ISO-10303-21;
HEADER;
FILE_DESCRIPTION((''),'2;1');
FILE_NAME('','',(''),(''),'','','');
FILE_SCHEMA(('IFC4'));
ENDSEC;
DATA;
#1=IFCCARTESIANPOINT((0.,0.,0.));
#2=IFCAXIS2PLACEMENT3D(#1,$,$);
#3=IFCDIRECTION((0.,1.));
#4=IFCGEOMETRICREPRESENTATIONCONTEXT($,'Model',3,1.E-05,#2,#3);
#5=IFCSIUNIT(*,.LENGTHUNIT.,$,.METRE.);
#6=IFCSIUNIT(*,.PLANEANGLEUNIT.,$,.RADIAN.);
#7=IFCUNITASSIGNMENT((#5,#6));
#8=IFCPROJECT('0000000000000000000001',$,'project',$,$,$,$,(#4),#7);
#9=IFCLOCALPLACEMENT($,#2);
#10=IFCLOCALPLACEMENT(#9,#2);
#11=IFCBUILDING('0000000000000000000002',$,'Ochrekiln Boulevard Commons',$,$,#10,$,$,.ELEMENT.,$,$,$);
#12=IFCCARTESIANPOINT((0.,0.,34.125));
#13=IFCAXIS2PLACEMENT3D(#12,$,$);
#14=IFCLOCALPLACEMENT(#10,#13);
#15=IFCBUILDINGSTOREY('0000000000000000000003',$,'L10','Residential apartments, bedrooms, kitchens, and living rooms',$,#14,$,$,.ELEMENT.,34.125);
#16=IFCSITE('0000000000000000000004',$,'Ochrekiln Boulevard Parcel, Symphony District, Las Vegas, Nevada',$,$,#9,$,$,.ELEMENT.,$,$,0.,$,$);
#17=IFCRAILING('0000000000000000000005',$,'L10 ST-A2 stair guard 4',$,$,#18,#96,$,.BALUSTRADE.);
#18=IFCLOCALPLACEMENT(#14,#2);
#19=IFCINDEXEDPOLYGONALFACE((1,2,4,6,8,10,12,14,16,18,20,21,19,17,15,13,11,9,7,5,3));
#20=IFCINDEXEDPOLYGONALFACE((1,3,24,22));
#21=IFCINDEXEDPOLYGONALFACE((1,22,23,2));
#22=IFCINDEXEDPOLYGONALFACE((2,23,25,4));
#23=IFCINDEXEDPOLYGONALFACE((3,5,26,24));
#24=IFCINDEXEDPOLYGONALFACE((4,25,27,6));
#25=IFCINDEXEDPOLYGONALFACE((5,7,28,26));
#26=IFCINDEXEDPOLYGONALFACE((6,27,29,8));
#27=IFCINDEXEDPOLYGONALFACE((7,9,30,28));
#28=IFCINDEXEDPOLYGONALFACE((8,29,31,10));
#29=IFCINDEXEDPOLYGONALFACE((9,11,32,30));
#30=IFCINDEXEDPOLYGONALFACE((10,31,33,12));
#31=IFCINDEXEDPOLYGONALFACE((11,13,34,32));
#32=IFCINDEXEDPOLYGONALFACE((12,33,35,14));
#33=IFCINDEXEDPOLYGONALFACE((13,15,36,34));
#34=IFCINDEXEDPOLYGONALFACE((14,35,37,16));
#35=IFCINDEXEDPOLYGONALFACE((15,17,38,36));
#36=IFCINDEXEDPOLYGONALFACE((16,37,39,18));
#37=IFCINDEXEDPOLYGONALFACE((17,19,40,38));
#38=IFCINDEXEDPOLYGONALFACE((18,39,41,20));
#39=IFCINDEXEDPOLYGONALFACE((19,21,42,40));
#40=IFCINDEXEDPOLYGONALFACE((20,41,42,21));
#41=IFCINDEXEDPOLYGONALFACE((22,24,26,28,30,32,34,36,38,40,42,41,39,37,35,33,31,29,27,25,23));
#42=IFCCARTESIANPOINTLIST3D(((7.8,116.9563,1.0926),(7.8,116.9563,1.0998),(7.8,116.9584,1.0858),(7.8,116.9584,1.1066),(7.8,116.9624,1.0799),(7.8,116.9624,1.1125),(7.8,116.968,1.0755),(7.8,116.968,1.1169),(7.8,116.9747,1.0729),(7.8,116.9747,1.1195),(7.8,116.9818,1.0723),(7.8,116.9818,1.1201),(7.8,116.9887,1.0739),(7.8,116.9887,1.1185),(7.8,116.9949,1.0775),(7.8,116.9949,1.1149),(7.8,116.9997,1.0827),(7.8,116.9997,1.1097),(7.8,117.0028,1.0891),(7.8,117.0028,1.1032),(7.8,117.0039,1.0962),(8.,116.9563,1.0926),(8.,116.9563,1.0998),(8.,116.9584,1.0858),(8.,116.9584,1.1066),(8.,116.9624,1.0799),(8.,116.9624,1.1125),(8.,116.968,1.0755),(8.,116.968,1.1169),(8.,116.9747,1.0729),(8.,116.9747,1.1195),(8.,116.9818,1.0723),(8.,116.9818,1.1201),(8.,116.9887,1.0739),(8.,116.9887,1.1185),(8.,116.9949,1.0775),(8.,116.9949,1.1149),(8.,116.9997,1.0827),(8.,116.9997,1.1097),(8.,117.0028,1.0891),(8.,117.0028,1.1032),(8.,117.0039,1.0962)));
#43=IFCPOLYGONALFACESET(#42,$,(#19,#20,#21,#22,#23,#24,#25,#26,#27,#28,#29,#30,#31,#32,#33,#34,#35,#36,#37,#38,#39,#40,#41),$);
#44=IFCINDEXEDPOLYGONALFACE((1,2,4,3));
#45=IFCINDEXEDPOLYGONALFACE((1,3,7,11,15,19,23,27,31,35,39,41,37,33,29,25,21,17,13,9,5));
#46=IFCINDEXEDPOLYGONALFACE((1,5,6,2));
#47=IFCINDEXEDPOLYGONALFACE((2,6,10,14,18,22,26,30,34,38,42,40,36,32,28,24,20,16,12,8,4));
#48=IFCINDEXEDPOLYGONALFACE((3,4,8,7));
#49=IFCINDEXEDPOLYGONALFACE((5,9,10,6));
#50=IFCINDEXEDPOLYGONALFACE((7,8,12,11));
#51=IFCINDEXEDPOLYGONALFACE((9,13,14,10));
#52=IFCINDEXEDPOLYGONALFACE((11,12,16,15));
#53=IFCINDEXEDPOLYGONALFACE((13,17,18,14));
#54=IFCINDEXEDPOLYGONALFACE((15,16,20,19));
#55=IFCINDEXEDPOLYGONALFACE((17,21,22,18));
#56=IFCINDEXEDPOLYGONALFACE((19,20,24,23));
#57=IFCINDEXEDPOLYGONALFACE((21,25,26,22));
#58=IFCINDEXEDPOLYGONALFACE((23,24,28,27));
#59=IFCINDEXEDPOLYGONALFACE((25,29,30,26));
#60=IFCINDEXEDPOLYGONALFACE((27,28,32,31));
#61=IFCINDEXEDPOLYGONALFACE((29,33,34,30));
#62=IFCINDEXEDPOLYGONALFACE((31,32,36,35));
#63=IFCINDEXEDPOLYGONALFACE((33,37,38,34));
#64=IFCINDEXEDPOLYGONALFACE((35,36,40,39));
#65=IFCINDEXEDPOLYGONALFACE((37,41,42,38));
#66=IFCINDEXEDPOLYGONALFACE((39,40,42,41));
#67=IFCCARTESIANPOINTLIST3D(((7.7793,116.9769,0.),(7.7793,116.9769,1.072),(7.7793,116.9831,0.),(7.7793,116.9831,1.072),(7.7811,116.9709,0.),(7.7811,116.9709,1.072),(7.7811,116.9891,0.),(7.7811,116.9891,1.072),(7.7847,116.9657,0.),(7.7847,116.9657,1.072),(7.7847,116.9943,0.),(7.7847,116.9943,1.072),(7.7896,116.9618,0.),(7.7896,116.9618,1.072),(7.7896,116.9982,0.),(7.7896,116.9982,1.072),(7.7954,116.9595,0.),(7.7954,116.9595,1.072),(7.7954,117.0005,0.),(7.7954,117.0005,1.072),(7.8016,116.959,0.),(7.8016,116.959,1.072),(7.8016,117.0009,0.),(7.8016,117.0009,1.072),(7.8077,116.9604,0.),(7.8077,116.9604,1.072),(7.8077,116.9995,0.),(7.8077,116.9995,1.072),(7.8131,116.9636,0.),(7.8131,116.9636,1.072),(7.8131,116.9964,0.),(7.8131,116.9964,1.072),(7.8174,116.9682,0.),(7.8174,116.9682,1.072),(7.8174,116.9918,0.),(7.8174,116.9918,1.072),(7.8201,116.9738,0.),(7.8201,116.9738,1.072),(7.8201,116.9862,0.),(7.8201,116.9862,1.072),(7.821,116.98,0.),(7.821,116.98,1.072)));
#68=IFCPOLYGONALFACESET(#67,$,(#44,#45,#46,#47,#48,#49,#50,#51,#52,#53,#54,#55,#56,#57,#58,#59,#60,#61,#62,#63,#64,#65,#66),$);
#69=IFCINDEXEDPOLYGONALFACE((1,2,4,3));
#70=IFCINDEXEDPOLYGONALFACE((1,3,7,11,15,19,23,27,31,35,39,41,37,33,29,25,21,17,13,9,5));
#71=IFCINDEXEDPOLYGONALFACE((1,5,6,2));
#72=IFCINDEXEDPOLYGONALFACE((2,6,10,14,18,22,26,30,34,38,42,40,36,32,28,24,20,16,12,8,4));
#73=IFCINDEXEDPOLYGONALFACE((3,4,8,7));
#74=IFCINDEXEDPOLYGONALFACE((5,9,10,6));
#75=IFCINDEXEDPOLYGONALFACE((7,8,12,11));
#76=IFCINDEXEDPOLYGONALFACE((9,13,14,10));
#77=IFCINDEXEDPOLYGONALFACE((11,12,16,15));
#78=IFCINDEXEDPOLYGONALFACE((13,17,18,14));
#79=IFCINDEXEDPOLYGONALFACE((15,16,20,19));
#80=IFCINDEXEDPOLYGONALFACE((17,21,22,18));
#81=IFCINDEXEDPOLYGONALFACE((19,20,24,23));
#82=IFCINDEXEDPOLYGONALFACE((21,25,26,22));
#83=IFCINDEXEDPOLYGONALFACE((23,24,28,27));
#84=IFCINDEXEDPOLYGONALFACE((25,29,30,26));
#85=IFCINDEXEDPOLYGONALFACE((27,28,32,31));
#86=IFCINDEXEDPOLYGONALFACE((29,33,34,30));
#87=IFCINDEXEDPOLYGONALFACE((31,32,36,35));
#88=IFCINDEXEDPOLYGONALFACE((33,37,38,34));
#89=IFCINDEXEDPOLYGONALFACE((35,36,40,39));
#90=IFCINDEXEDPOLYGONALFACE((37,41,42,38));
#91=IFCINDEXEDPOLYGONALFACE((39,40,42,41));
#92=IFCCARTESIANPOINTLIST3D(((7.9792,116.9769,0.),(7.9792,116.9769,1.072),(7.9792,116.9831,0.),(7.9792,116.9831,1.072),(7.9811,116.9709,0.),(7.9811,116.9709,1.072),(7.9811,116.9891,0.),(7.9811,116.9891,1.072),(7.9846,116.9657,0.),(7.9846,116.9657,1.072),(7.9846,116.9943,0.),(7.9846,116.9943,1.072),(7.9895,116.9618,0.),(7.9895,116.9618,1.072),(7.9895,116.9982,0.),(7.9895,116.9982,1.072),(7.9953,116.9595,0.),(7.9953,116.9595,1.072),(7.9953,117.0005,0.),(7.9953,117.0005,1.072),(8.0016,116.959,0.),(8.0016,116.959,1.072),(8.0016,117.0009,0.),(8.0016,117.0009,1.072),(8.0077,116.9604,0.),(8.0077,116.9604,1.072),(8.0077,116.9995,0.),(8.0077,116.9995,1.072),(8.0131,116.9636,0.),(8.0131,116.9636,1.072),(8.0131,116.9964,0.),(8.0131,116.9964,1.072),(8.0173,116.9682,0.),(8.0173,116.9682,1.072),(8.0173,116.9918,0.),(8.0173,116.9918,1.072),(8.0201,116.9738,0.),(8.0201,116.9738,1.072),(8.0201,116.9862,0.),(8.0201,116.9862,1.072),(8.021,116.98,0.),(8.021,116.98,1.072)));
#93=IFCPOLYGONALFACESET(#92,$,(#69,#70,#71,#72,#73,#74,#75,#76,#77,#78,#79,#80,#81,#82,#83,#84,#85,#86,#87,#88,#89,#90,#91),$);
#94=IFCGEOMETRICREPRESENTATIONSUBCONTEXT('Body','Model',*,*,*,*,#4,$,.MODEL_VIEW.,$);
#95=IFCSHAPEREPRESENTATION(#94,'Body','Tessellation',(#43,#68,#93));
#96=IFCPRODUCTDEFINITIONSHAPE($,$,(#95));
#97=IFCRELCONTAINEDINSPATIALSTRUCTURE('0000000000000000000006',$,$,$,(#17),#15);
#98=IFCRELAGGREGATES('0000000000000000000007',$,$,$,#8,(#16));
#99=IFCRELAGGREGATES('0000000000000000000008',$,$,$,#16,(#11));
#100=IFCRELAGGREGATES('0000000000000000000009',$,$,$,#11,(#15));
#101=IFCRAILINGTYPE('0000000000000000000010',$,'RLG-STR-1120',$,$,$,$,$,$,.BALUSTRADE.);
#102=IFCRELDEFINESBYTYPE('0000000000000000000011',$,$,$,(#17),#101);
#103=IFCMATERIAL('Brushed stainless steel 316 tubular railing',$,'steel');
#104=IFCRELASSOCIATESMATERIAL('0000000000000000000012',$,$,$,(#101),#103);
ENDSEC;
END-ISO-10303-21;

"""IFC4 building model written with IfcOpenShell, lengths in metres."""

from ifc_helpers import new_model, si_unit, direction, frame, origin, origin_2d, place, context, subcontext, project, spatial, circle, extrude, material, type_object, element, save


model = new_model("IFC4")

# Units and contexts
model_context = context("Model", 3, precision=1e-05, world=origin(), true_north=direction((0.0, 1.0)))
body_context = subcontext(model_context, "Body", "Model", "MODEL_VIEW")
ifc_project = project(units=[si_unit("LENGTHUNIT", "METRE"), si_unit("PLANEANGLEUNIT", "RADIAN")], contexts=[model_context])

# Site, building, storey
site_placement = place(None, origin())
site = spatial("IfcSite", under=ifc_project, at=site_placement, Name="Ochrekiln Boulevard Parcel, Symphony District, Las Vegas, Nevada", CompositionType="ELEMENT", RefElevation=0.0)
building_placement = place(site_placement, origin())
building = spatial("IfcBuilding", under=site, at=building_placement, Name="Ochrekiln Boulevard Commons", CompositionType="ELEMENT")
storey_placement = place(building_placement, frame((0.0, 0.0, 34.125)))
storey = spatial("IfcBuildingStorey", under=building, at=storey_placement, Name="L10", Description="Residential apartments, bedrooms, kitchens, and living rooms", CompositionType="ELEMENT", Elevation=34.125)

# Railing
ifc_material_1 = material(Name="Brushed stainless steel 316 tubular railing", Category="steel")
railing_type_1 = type_object("IfcRailingType", Name="RLG-STR-1120", PredefinedType="BALUSTRADE", material=ifc_material_1)
railing_1_placement = place(storey_placement, frame((7.8, 116.98, 0.0)))
element("IfcRailing", 1, at=railing_1_placement, inside=storey, type_object=railing_type_1, Name="L10 ST-A2 stair guard 4", PredefinedType="BALUSTRADE", context=body_context, shape_type="SweptSolid", body=[
    extrude(circle(Radius=0.0239, at=origin_2d()), frame((0.0, 0.0, 1.0962), z_axis=(1.0, 0.0, 0.0), x_axis=(0.0, 1.0, 0.0)), (0.0, 0.0, 1.0), 0.2),
    extrude(circle(Radius=0.021, at=origin_2d()), origin(), (0.0, 0.0, 1.0), 1.072),
    extrude(circle(Radius=0.021, at=origin_2d()), frame((0.2, 0.0, 0.0)), (0.0, 0.0, 1.0), 1.072),
])

save(model, "model.ifc")
